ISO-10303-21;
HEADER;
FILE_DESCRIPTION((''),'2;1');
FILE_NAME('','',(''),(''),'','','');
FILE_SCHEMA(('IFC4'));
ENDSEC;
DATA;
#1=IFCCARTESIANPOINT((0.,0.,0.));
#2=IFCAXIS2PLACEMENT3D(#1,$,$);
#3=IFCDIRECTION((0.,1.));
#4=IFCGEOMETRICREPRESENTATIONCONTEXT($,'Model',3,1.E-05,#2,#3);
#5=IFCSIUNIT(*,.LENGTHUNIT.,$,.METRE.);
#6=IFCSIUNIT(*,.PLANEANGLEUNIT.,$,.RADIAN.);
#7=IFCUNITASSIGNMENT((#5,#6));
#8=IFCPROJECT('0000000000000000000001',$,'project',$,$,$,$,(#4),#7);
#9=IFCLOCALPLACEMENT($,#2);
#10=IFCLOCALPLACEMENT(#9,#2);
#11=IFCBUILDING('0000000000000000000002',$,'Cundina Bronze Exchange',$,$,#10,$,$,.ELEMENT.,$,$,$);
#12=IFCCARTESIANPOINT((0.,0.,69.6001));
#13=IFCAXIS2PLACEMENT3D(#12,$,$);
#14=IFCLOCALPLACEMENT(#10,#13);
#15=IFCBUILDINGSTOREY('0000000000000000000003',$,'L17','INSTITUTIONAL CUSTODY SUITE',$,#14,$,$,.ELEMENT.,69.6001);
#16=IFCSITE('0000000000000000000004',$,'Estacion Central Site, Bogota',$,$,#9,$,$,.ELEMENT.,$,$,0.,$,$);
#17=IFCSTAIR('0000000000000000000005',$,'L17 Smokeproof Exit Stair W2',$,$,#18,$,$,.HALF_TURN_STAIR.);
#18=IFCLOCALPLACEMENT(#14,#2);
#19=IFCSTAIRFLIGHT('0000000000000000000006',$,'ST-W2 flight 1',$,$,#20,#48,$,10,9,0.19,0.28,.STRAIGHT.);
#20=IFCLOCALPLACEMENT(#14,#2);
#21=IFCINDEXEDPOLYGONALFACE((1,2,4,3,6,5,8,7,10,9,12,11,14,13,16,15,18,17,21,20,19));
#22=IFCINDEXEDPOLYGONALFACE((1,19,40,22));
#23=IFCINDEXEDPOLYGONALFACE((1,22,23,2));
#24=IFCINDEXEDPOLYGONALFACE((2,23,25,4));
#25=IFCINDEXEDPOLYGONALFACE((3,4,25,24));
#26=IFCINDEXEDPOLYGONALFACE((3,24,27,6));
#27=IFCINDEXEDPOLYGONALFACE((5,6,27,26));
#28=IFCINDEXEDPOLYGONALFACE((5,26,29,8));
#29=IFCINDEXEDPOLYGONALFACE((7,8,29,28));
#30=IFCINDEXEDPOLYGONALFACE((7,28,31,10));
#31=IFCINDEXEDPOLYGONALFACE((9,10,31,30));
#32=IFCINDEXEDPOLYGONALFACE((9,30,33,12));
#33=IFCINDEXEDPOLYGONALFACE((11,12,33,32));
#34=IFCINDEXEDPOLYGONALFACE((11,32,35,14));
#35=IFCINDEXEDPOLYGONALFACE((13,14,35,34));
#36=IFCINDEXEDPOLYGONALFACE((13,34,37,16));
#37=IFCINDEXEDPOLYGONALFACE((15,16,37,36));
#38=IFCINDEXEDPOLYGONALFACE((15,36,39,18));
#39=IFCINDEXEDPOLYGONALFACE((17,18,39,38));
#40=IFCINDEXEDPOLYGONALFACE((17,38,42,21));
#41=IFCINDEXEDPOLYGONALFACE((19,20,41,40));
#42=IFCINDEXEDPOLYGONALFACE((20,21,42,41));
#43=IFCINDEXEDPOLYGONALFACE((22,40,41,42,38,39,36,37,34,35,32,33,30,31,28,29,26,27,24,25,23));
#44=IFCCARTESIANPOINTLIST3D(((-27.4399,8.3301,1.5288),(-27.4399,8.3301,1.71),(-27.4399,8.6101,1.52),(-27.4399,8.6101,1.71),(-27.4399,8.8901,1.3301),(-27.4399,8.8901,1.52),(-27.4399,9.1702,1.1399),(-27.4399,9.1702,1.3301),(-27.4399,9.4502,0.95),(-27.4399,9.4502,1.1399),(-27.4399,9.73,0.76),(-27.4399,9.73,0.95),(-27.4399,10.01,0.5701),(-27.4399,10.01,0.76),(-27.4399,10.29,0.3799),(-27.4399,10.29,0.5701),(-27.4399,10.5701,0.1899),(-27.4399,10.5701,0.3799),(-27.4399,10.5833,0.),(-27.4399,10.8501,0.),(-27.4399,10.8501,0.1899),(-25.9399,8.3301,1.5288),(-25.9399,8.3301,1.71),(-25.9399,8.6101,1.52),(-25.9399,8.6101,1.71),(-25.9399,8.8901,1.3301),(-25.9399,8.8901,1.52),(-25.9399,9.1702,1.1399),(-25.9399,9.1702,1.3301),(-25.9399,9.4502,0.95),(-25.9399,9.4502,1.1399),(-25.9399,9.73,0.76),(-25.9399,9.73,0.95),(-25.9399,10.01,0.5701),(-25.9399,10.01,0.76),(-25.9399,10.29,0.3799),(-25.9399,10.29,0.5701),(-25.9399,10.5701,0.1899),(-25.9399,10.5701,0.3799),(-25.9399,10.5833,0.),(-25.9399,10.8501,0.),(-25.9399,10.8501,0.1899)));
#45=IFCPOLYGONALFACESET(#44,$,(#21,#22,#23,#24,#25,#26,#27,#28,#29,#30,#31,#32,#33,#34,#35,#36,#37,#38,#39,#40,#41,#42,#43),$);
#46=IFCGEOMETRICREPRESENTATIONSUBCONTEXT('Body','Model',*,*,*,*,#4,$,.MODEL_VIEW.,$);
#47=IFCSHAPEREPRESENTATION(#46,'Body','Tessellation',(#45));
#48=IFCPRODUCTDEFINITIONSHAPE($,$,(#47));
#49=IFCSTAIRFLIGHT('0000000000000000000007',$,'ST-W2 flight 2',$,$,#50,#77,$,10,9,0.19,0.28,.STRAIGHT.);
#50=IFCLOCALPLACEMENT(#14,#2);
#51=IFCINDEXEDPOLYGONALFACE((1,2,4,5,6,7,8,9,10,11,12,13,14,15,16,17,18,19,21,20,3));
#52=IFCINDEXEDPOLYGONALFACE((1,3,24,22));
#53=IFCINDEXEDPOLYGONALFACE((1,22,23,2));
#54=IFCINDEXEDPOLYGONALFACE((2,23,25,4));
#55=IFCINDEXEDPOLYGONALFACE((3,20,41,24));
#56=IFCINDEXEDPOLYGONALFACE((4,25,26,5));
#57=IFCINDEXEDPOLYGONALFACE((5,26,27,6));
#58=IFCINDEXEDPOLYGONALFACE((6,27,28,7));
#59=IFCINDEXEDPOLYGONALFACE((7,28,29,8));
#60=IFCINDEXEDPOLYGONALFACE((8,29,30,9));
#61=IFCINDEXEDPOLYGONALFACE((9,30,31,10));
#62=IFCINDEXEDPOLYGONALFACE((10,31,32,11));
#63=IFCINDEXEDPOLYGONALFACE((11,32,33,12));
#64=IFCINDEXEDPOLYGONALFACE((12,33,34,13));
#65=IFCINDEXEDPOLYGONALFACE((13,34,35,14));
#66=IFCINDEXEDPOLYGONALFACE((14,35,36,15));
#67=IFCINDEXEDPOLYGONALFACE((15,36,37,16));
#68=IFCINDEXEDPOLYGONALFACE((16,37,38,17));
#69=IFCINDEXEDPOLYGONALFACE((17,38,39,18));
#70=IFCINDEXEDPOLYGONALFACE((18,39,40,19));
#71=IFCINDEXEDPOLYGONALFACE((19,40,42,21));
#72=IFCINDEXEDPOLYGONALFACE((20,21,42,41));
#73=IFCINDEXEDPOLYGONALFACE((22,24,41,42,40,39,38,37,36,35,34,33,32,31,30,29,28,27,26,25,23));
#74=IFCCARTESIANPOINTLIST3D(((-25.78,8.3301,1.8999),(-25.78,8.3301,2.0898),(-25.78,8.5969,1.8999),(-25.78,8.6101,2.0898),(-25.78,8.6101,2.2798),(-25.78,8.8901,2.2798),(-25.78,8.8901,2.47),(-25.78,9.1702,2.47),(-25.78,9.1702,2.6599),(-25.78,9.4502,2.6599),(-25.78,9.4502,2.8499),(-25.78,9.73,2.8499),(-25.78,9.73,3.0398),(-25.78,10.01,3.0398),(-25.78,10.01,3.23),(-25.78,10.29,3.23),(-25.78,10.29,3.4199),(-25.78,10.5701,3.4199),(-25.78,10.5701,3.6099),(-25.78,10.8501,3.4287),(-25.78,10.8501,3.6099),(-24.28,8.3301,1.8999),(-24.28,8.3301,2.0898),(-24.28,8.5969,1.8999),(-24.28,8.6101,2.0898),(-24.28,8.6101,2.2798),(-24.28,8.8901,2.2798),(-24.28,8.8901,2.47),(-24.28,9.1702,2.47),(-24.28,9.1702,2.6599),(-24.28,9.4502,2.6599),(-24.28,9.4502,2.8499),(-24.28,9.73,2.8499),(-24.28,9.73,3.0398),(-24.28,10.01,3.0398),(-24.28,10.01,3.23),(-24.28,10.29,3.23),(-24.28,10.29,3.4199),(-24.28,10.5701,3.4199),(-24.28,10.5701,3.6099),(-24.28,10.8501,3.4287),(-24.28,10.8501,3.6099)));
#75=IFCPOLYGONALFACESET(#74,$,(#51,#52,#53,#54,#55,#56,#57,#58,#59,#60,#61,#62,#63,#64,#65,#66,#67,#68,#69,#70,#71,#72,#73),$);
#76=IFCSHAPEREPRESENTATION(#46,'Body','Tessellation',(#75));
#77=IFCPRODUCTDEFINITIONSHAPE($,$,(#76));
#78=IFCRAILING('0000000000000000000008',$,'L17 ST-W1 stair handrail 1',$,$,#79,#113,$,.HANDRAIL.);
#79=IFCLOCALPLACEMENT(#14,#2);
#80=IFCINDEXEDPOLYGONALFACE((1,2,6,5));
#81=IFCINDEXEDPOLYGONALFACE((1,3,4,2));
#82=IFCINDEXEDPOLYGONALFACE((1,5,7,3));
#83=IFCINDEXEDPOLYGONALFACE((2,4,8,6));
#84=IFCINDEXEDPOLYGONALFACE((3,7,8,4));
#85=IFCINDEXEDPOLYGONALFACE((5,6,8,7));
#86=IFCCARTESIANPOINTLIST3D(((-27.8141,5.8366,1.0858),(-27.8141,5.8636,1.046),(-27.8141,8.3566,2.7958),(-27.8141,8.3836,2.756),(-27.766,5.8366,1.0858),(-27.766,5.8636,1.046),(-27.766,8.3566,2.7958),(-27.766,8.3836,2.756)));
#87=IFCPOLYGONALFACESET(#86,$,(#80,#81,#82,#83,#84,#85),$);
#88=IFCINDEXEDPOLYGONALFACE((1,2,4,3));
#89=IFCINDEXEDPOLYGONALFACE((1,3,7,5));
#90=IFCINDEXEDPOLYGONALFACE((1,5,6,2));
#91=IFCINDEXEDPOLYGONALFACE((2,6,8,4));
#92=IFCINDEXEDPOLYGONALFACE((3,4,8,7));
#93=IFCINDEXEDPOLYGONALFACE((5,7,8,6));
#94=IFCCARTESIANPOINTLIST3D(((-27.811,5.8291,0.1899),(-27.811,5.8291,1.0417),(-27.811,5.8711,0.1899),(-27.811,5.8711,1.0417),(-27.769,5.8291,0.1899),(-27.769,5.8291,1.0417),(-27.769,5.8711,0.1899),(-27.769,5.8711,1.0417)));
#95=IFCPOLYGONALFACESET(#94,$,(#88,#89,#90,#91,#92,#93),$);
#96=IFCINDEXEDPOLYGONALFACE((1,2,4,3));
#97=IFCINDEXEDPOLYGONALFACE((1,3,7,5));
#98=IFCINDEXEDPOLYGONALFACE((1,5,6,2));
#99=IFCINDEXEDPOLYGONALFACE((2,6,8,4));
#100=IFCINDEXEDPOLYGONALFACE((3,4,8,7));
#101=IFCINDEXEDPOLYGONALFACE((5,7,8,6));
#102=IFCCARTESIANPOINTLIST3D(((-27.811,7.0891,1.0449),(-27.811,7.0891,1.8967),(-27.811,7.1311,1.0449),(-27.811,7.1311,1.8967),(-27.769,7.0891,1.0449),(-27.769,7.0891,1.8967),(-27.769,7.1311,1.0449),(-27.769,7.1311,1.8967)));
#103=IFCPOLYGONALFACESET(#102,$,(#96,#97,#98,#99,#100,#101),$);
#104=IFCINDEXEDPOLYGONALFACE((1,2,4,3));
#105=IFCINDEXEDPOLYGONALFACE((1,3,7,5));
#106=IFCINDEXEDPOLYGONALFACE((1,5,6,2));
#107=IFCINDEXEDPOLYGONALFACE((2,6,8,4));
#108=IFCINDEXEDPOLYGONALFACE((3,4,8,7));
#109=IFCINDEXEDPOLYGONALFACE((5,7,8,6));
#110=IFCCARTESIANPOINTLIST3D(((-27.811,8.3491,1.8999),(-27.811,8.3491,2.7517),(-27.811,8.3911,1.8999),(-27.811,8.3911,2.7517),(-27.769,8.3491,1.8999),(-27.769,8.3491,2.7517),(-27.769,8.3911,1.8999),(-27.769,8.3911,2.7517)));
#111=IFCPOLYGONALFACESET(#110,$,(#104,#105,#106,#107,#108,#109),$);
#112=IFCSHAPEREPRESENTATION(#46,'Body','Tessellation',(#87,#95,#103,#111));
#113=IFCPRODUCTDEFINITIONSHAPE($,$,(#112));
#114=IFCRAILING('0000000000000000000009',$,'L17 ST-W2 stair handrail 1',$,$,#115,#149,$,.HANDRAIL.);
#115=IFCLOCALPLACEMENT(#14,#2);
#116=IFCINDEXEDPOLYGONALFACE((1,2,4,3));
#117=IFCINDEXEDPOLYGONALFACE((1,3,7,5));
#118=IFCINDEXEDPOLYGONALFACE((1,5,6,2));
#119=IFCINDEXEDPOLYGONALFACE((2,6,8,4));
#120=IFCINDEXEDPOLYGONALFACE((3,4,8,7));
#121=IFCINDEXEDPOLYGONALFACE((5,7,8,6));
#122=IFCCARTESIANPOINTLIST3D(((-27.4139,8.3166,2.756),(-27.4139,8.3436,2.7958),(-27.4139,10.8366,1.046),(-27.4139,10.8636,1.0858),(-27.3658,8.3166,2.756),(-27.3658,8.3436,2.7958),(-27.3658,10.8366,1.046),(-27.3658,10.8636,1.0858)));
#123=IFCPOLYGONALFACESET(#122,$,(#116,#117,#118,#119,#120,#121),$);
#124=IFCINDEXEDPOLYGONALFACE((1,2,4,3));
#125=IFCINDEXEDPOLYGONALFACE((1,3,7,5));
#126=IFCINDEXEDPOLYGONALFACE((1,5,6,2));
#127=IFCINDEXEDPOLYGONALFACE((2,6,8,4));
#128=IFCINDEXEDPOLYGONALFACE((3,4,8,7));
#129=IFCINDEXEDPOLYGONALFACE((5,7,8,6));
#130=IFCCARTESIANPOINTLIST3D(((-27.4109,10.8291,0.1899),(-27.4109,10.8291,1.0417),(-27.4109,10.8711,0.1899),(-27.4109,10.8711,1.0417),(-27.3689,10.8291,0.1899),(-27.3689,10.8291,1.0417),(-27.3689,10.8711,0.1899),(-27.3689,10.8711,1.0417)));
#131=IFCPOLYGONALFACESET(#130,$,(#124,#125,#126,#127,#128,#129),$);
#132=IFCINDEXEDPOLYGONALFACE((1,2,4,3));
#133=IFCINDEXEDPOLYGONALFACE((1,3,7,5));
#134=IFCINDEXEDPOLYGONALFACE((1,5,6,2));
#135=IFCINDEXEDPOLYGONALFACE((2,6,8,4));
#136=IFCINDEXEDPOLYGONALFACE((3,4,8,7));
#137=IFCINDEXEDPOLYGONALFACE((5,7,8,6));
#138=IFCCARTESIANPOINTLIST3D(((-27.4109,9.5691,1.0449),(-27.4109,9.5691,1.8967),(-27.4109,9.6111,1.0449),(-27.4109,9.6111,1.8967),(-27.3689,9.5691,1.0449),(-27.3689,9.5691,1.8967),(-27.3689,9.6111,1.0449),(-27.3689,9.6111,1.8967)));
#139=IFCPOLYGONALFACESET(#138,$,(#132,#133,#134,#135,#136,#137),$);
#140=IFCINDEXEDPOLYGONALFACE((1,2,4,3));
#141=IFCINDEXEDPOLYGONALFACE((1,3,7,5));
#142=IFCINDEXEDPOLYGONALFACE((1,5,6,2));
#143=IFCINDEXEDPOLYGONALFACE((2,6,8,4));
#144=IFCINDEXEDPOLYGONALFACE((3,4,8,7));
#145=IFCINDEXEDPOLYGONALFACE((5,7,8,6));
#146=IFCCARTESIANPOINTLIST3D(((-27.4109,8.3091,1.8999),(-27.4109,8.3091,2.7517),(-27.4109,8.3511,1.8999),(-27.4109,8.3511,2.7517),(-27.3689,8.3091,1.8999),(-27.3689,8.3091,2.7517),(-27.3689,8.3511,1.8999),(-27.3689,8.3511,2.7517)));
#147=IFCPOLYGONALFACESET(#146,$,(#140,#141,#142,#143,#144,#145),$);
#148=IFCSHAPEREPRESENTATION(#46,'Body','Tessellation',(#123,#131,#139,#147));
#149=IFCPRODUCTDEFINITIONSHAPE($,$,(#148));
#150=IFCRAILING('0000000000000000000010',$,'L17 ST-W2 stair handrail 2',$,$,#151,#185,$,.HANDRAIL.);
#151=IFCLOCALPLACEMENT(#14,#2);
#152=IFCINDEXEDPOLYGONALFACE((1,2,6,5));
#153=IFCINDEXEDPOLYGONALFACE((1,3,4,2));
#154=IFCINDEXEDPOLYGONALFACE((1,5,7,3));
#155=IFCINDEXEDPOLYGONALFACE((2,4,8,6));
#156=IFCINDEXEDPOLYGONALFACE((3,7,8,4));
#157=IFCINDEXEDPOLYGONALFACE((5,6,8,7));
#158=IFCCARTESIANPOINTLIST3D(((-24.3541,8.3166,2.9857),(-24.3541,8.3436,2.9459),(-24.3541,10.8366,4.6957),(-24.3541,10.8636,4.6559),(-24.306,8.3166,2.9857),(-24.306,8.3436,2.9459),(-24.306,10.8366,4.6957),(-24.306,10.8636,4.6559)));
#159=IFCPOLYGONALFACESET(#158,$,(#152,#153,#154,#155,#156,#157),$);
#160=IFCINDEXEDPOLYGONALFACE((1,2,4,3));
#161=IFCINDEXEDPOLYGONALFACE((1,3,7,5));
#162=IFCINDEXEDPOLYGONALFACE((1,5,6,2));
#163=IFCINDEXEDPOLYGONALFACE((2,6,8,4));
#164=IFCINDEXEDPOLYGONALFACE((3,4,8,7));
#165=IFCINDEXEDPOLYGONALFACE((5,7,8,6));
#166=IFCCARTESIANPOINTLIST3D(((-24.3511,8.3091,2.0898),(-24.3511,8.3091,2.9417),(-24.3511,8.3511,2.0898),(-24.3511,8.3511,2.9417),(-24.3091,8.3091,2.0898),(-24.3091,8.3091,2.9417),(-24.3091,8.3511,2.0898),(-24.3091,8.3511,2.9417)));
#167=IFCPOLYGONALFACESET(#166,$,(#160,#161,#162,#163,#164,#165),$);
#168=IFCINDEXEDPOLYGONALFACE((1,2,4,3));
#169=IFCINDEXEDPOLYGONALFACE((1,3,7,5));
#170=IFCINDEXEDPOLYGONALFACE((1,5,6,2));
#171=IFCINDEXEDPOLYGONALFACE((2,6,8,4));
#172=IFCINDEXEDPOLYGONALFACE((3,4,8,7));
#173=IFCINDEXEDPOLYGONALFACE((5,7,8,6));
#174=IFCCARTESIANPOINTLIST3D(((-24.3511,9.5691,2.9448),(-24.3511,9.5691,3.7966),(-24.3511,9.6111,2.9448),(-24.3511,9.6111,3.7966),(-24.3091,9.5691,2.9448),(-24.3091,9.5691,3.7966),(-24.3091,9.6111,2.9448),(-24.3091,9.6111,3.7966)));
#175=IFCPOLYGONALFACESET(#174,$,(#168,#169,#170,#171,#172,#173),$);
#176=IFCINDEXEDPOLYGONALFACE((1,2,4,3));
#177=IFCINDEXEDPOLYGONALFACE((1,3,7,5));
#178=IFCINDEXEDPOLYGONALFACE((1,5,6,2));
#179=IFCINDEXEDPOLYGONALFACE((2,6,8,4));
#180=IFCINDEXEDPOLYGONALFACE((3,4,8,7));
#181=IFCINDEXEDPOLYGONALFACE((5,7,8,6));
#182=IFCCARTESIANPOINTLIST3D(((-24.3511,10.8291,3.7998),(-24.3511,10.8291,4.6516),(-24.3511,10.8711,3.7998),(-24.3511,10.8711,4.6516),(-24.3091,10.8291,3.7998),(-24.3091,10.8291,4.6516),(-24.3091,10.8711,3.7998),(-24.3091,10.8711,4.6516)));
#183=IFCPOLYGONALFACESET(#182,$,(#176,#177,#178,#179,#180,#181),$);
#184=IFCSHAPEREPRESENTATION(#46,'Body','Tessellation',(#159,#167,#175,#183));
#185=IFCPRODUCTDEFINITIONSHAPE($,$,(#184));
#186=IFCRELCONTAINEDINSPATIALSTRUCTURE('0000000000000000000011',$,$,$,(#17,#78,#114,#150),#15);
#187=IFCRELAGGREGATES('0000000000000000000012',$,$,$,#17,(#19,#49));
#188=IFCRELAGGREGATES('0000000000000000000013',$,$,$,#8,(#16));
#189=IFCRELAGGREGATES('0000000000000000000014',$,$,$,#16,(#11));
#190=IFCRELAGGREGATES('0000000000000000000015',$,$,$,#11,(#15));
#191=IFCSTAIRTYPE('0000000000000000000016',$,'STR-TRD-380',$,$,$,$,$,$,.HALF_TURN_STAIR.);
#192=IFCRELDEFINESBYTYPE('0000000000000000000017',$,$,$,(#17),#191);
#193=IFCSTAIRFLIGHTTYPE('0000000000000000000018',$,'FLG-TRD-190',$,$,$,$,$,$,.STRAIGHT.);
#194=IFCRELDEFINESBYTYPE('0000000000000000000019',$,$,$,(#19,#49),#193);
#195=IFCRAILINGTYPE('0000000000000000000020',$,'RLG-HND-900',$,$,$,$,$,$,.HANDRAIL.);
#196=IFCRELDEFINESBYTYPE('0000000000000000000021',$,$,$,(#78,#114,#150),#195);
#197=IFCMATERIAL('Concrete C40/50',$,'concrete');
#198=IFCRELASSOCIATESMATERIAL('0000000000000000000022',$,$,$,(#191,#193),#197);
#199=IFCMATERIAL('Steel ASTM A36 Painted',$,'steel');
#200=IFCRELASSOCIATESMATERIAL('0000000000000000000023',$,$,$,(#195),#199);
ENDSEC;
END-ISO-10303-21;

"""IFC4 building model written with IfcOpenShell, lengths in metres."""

from ifc_helpers import new_model, si_unit, direction, frame, origin, origin_2d, place, context, subcontext, project, spatial, polyline, rectangle, outline, extrude, material, type_object, element, aggregate, save


model = new_model("IFC4")

# Units and contexts
model_context = context("Model", 3, precision=1e-05, world=origin(), true_north=direction((0.0, 1.0)))
body_context = subcontext(model_context, "Body", "Model", "MODEL_VIEW")
ifc_project = project(units=[si_unit("LENGTHUNIT", "METRE"), si_unit("PLANEANGLEUNIT", "RADIAN")], contexts=[model_context])

# Site, building, storey
site_placement = place(None, origin())
site = spatial("IfcSite", under=ifc_project, at=site_placement, Name="Estacion Central Site, Bogota", CompositionType="ELEMENT", RefElevation=0.0)
building_placement = place(site_placement, origin())
building = spatial("IfcBuilding", under=site, at=building_placement, Name="Cundina Bronze Exchange", CompositionType="ELEMENT")
storey_placement = place(building_placement, frame((0.0, 0.0, 69.6001)))
storey = spatial("IfcBuildingStorey", under=building, at=storey_placement, Name="L17", Description="INSTITUTIONAL CUSTODY SUITE", CompositionType="ELEMENT", Elevation=69.6001)

# Shared definitions
ifc_material_1 = material(Name="Steel ASTM A36 Painted", Category="steel")

# Stair, stair flights
ifc_material_2 = material(Name="Concrete C40/50", Category="concrete")
stair_type = type_object("IfcStairType", Name="STR-TRD-380", PredefinedType="HALF_TURN_STAIR", material=ifc_material_2)
stair_placement = place(storey_placement, origin())
stair = element("IfcStair", 1, at=stair_placement, inside=storey, type_object=stair_type, Name="L17 Smokeproof Exit Stair W2", PredefinedType="HALF_TURN_STAIR")
stair_flight_type = type_object("IfcStairFlightType", Name="FLG-TRD-190", PredefinedType="STRAIGHT", material=ifc_material_2)
stair_flight_1_placement = place(storey_placement, frame((-26.6899, 10.8501, 0.0), z_axis=(0.0, 0.0, 1.0), x_axis=(0.0, -1.0, 0.0)))
stair_flight_1 = element("IfcStairFlight", 2, at=stair_flight_1_placement, type_object=stair_flight_type, Name="ST-W2 flight 1", NumberOfRisers=10, NumberOfTreads=9, PredefinedType="STRAIGHT", RiserHeight=0.19, TreadLength=0.28, context=body_context, shape_type="SweptSolid", body=[
    extrude(outline(polyline([(0.0, 0.0), (0.0, 0.1899), (0.28, 0.1899), (0.28, 0.3799), (0.5601, 0.3799), (0.5601, 0.5701), (0.8401, 0.5701), (0.8401, 0.76), (1.1201, 0.76), (1.1201, 0.95), (1.3999, 0.95), (1.3999, 1.1399), (1.6799, 1.1399), (1.6799, 1.3301), (1.96, 1.3301), (1.96, 1.52), (2.24, 1.52), (2.24, 1.71), (2.52, 1.71), (2.52, 1.8999), (2.52, 1.5288), (0.2668, 0.0), (0.0, 0.0)])), frame((0.0, 0.75, 0.0), z_axis=(0.0, -1.0, 0.0), x_axis=(1.0, 0.0, 0.0)), (0.0, 0.0, 1.0), 1.5),
])
stair_flight_2_placement = place(storey_placement, frame((-25.03, 8.3301, 1.8999), z_axis=(0.0, 0.0, 1.0), x_axis=(0.0, 1.0, 0.0)))
stair_flight_2 = element("IfcStairFlight", 3, at=stair_flight_2_placement, type_object=stair_flight_type, Name="ST-W2 flight 2", NumberOfRisers=10, NumberOfTreads=9, PredefinedType="STRAIGHT", RiserHeight=0.19, TreadLength=0.28, context=body_context, shape_type="SweptSolid", body=[
    extrude(outline(polyline([(0.0, 0.0), (0.0, 0.1899), (0.28, 0.1899), (0.28, 0.3799), (0.5601, 0.3799), (0.5601, 0.5701), (0.8401, 0.5701), (0.8401, 0.76), (1.1201, 0.76), (1.1201, 0.95), (1.3999, 0.95), (1.3999, 1.1399), (1.6799, 1.1399), (1.6799, 1.3301), (1.96, 1.3301), (1.96, 1.52), (2.24, 1.52), (2.24, 1.71), (2.52, 1.71), (2.52, 1.8999), (2.52, 1.5288), (0.2668, 0.0), (0.0, 0.0)])), frame((0.0, 0.75, 0.0), z_axis=(0.0, -1.0, 0.0), x_axis=(1.0, 0.0, 0.0)), (0.0, 0.0, 1.0), 1.5),
])
aggregate(stair, [stair_flight_1, stair_flight_2])

# Railings
railing_type_1 = type_object("IfcRailingType", Name="RLG-HND-900", PredefinedType="HANDRAIL", material=ifc_material_1)
railing_1_placement = place(storey_placement, frame((-27.79, 5.8501, 0.1899)))
element("IfcRailing", 4, at=railing_1_placement, inside=storey, type_object=railing_type_1, Name="L17 ST-W1 stair handrail 1", PredefinedType="HANDRAIL", context=body_context, shape_type="SweptSolid", body=[
    extrude(rectangle(XDim=0.0481, YDim=0.0481, at=origin_2d()), frame((0.0, 0.0, 0.876), z_axis=(0.0, 0.827484, 0.56149), x_axis=(-1.0, 0.0, 0.0)), (0.0, 0.0, 1.0), 3.0454),
    extrude(rectangle(XDim=0.042, YDim=0.042, at=origin_2d()), origin(), (0.0, 0.0, 1.0), 0.8518),
    extrude(rectangle(XDim=0.042, YDim=0.042, at=origin_2d()), frame((0.0, 1.26, 0.855)), (0.0, 0.0, 1.0), 0.8518),
    extrude(rectangle(XDim=0.042, YDim=0.042, at=origin_2d()), frame((0.0, 2.52, 1.71)), (0.0, 0.0, 1.0), 0.8518),
])
railing_2_placement = place(storey_placement, frame((-27.3899, 10.8501, 0.1899)))
element("IfcRailing", 5, at=railing_2_placement, inside=storey, type_object=railing_type_1, Name="L17 ST-W2 stair handrail 1", PredefinedType="HANDRAIL", context=body_context, shape_type="SweptSolid", body=[
    extrude(rectangle(XDim=0.0481, YDim=0.0481, at=origin_2d()), frame((0.0, 0.0, 0.876), z_axis=(0.0, -0.827484, 0.56149), x_axis=(1.0, 0.0, 0.0)), (0.0, 0.0, 1.0), 3.0454),
    extrude(rectangle(XDim=0.042, YDim=0.042, at=origin_2d()), origin(), (0.0, 0.0, 1.0), 0.8518),
    extrude(rectangle(XDim=0.042, YDim=0.042, at=origin_2d()), frame((0.0, -1.26, 0.855)), (0.0, 0.0, 1.0), 0.8518),
    extrude(rectangle(XDim=0.042, YDim=0.042, at=origin_2d()), frame((0.0, -2.52, 1.71)), (0.0, 0.0, 1.0), 0.8518),
])
railing_3_placement = place(storey_placement, frame((-24.3301, 8.3301, 2.0898)))
element("IfcRailing", 6, at=railing_3_placement, inside=storey, type_object=railing_type_1, Name="L17 ST-W2 stair handrail 2", PredefinedType="HANDRAIL", context=body_context, shape_type="SweptSolid", body=[
    extrude(rectangle(XDim=0.0481, YDim=0.0481, at=origin_2d()), frame((0.0, 0.0, 0.876), z_axis=(0.0, 0.827484, 0.56149), x_axis=(-1.0, 0.0, 0.0)), (0.0, 0.0, 1.0), 3.0454),
    extrude(rectangle(XDim=0.042, YDim=0.042, at=origin_2d()), origin(), (0.0, 0.0, 1.0), 0.8518),
    extrude(rectangle(XDim=0.042, YDim=0.042, at=origin_2d()), frame((0.0, 1.26, 0.855)), (0.0, 0.0, 1.0), 0.8518),
    extrude(rectangle(XDim=0.042, YDim=0.042, at=origin_2d()), frame((0.0, 2.52, 1.71)), (0.0, 0.0, 1.0), 0.8518),
])

save(model, "model.ifc")
